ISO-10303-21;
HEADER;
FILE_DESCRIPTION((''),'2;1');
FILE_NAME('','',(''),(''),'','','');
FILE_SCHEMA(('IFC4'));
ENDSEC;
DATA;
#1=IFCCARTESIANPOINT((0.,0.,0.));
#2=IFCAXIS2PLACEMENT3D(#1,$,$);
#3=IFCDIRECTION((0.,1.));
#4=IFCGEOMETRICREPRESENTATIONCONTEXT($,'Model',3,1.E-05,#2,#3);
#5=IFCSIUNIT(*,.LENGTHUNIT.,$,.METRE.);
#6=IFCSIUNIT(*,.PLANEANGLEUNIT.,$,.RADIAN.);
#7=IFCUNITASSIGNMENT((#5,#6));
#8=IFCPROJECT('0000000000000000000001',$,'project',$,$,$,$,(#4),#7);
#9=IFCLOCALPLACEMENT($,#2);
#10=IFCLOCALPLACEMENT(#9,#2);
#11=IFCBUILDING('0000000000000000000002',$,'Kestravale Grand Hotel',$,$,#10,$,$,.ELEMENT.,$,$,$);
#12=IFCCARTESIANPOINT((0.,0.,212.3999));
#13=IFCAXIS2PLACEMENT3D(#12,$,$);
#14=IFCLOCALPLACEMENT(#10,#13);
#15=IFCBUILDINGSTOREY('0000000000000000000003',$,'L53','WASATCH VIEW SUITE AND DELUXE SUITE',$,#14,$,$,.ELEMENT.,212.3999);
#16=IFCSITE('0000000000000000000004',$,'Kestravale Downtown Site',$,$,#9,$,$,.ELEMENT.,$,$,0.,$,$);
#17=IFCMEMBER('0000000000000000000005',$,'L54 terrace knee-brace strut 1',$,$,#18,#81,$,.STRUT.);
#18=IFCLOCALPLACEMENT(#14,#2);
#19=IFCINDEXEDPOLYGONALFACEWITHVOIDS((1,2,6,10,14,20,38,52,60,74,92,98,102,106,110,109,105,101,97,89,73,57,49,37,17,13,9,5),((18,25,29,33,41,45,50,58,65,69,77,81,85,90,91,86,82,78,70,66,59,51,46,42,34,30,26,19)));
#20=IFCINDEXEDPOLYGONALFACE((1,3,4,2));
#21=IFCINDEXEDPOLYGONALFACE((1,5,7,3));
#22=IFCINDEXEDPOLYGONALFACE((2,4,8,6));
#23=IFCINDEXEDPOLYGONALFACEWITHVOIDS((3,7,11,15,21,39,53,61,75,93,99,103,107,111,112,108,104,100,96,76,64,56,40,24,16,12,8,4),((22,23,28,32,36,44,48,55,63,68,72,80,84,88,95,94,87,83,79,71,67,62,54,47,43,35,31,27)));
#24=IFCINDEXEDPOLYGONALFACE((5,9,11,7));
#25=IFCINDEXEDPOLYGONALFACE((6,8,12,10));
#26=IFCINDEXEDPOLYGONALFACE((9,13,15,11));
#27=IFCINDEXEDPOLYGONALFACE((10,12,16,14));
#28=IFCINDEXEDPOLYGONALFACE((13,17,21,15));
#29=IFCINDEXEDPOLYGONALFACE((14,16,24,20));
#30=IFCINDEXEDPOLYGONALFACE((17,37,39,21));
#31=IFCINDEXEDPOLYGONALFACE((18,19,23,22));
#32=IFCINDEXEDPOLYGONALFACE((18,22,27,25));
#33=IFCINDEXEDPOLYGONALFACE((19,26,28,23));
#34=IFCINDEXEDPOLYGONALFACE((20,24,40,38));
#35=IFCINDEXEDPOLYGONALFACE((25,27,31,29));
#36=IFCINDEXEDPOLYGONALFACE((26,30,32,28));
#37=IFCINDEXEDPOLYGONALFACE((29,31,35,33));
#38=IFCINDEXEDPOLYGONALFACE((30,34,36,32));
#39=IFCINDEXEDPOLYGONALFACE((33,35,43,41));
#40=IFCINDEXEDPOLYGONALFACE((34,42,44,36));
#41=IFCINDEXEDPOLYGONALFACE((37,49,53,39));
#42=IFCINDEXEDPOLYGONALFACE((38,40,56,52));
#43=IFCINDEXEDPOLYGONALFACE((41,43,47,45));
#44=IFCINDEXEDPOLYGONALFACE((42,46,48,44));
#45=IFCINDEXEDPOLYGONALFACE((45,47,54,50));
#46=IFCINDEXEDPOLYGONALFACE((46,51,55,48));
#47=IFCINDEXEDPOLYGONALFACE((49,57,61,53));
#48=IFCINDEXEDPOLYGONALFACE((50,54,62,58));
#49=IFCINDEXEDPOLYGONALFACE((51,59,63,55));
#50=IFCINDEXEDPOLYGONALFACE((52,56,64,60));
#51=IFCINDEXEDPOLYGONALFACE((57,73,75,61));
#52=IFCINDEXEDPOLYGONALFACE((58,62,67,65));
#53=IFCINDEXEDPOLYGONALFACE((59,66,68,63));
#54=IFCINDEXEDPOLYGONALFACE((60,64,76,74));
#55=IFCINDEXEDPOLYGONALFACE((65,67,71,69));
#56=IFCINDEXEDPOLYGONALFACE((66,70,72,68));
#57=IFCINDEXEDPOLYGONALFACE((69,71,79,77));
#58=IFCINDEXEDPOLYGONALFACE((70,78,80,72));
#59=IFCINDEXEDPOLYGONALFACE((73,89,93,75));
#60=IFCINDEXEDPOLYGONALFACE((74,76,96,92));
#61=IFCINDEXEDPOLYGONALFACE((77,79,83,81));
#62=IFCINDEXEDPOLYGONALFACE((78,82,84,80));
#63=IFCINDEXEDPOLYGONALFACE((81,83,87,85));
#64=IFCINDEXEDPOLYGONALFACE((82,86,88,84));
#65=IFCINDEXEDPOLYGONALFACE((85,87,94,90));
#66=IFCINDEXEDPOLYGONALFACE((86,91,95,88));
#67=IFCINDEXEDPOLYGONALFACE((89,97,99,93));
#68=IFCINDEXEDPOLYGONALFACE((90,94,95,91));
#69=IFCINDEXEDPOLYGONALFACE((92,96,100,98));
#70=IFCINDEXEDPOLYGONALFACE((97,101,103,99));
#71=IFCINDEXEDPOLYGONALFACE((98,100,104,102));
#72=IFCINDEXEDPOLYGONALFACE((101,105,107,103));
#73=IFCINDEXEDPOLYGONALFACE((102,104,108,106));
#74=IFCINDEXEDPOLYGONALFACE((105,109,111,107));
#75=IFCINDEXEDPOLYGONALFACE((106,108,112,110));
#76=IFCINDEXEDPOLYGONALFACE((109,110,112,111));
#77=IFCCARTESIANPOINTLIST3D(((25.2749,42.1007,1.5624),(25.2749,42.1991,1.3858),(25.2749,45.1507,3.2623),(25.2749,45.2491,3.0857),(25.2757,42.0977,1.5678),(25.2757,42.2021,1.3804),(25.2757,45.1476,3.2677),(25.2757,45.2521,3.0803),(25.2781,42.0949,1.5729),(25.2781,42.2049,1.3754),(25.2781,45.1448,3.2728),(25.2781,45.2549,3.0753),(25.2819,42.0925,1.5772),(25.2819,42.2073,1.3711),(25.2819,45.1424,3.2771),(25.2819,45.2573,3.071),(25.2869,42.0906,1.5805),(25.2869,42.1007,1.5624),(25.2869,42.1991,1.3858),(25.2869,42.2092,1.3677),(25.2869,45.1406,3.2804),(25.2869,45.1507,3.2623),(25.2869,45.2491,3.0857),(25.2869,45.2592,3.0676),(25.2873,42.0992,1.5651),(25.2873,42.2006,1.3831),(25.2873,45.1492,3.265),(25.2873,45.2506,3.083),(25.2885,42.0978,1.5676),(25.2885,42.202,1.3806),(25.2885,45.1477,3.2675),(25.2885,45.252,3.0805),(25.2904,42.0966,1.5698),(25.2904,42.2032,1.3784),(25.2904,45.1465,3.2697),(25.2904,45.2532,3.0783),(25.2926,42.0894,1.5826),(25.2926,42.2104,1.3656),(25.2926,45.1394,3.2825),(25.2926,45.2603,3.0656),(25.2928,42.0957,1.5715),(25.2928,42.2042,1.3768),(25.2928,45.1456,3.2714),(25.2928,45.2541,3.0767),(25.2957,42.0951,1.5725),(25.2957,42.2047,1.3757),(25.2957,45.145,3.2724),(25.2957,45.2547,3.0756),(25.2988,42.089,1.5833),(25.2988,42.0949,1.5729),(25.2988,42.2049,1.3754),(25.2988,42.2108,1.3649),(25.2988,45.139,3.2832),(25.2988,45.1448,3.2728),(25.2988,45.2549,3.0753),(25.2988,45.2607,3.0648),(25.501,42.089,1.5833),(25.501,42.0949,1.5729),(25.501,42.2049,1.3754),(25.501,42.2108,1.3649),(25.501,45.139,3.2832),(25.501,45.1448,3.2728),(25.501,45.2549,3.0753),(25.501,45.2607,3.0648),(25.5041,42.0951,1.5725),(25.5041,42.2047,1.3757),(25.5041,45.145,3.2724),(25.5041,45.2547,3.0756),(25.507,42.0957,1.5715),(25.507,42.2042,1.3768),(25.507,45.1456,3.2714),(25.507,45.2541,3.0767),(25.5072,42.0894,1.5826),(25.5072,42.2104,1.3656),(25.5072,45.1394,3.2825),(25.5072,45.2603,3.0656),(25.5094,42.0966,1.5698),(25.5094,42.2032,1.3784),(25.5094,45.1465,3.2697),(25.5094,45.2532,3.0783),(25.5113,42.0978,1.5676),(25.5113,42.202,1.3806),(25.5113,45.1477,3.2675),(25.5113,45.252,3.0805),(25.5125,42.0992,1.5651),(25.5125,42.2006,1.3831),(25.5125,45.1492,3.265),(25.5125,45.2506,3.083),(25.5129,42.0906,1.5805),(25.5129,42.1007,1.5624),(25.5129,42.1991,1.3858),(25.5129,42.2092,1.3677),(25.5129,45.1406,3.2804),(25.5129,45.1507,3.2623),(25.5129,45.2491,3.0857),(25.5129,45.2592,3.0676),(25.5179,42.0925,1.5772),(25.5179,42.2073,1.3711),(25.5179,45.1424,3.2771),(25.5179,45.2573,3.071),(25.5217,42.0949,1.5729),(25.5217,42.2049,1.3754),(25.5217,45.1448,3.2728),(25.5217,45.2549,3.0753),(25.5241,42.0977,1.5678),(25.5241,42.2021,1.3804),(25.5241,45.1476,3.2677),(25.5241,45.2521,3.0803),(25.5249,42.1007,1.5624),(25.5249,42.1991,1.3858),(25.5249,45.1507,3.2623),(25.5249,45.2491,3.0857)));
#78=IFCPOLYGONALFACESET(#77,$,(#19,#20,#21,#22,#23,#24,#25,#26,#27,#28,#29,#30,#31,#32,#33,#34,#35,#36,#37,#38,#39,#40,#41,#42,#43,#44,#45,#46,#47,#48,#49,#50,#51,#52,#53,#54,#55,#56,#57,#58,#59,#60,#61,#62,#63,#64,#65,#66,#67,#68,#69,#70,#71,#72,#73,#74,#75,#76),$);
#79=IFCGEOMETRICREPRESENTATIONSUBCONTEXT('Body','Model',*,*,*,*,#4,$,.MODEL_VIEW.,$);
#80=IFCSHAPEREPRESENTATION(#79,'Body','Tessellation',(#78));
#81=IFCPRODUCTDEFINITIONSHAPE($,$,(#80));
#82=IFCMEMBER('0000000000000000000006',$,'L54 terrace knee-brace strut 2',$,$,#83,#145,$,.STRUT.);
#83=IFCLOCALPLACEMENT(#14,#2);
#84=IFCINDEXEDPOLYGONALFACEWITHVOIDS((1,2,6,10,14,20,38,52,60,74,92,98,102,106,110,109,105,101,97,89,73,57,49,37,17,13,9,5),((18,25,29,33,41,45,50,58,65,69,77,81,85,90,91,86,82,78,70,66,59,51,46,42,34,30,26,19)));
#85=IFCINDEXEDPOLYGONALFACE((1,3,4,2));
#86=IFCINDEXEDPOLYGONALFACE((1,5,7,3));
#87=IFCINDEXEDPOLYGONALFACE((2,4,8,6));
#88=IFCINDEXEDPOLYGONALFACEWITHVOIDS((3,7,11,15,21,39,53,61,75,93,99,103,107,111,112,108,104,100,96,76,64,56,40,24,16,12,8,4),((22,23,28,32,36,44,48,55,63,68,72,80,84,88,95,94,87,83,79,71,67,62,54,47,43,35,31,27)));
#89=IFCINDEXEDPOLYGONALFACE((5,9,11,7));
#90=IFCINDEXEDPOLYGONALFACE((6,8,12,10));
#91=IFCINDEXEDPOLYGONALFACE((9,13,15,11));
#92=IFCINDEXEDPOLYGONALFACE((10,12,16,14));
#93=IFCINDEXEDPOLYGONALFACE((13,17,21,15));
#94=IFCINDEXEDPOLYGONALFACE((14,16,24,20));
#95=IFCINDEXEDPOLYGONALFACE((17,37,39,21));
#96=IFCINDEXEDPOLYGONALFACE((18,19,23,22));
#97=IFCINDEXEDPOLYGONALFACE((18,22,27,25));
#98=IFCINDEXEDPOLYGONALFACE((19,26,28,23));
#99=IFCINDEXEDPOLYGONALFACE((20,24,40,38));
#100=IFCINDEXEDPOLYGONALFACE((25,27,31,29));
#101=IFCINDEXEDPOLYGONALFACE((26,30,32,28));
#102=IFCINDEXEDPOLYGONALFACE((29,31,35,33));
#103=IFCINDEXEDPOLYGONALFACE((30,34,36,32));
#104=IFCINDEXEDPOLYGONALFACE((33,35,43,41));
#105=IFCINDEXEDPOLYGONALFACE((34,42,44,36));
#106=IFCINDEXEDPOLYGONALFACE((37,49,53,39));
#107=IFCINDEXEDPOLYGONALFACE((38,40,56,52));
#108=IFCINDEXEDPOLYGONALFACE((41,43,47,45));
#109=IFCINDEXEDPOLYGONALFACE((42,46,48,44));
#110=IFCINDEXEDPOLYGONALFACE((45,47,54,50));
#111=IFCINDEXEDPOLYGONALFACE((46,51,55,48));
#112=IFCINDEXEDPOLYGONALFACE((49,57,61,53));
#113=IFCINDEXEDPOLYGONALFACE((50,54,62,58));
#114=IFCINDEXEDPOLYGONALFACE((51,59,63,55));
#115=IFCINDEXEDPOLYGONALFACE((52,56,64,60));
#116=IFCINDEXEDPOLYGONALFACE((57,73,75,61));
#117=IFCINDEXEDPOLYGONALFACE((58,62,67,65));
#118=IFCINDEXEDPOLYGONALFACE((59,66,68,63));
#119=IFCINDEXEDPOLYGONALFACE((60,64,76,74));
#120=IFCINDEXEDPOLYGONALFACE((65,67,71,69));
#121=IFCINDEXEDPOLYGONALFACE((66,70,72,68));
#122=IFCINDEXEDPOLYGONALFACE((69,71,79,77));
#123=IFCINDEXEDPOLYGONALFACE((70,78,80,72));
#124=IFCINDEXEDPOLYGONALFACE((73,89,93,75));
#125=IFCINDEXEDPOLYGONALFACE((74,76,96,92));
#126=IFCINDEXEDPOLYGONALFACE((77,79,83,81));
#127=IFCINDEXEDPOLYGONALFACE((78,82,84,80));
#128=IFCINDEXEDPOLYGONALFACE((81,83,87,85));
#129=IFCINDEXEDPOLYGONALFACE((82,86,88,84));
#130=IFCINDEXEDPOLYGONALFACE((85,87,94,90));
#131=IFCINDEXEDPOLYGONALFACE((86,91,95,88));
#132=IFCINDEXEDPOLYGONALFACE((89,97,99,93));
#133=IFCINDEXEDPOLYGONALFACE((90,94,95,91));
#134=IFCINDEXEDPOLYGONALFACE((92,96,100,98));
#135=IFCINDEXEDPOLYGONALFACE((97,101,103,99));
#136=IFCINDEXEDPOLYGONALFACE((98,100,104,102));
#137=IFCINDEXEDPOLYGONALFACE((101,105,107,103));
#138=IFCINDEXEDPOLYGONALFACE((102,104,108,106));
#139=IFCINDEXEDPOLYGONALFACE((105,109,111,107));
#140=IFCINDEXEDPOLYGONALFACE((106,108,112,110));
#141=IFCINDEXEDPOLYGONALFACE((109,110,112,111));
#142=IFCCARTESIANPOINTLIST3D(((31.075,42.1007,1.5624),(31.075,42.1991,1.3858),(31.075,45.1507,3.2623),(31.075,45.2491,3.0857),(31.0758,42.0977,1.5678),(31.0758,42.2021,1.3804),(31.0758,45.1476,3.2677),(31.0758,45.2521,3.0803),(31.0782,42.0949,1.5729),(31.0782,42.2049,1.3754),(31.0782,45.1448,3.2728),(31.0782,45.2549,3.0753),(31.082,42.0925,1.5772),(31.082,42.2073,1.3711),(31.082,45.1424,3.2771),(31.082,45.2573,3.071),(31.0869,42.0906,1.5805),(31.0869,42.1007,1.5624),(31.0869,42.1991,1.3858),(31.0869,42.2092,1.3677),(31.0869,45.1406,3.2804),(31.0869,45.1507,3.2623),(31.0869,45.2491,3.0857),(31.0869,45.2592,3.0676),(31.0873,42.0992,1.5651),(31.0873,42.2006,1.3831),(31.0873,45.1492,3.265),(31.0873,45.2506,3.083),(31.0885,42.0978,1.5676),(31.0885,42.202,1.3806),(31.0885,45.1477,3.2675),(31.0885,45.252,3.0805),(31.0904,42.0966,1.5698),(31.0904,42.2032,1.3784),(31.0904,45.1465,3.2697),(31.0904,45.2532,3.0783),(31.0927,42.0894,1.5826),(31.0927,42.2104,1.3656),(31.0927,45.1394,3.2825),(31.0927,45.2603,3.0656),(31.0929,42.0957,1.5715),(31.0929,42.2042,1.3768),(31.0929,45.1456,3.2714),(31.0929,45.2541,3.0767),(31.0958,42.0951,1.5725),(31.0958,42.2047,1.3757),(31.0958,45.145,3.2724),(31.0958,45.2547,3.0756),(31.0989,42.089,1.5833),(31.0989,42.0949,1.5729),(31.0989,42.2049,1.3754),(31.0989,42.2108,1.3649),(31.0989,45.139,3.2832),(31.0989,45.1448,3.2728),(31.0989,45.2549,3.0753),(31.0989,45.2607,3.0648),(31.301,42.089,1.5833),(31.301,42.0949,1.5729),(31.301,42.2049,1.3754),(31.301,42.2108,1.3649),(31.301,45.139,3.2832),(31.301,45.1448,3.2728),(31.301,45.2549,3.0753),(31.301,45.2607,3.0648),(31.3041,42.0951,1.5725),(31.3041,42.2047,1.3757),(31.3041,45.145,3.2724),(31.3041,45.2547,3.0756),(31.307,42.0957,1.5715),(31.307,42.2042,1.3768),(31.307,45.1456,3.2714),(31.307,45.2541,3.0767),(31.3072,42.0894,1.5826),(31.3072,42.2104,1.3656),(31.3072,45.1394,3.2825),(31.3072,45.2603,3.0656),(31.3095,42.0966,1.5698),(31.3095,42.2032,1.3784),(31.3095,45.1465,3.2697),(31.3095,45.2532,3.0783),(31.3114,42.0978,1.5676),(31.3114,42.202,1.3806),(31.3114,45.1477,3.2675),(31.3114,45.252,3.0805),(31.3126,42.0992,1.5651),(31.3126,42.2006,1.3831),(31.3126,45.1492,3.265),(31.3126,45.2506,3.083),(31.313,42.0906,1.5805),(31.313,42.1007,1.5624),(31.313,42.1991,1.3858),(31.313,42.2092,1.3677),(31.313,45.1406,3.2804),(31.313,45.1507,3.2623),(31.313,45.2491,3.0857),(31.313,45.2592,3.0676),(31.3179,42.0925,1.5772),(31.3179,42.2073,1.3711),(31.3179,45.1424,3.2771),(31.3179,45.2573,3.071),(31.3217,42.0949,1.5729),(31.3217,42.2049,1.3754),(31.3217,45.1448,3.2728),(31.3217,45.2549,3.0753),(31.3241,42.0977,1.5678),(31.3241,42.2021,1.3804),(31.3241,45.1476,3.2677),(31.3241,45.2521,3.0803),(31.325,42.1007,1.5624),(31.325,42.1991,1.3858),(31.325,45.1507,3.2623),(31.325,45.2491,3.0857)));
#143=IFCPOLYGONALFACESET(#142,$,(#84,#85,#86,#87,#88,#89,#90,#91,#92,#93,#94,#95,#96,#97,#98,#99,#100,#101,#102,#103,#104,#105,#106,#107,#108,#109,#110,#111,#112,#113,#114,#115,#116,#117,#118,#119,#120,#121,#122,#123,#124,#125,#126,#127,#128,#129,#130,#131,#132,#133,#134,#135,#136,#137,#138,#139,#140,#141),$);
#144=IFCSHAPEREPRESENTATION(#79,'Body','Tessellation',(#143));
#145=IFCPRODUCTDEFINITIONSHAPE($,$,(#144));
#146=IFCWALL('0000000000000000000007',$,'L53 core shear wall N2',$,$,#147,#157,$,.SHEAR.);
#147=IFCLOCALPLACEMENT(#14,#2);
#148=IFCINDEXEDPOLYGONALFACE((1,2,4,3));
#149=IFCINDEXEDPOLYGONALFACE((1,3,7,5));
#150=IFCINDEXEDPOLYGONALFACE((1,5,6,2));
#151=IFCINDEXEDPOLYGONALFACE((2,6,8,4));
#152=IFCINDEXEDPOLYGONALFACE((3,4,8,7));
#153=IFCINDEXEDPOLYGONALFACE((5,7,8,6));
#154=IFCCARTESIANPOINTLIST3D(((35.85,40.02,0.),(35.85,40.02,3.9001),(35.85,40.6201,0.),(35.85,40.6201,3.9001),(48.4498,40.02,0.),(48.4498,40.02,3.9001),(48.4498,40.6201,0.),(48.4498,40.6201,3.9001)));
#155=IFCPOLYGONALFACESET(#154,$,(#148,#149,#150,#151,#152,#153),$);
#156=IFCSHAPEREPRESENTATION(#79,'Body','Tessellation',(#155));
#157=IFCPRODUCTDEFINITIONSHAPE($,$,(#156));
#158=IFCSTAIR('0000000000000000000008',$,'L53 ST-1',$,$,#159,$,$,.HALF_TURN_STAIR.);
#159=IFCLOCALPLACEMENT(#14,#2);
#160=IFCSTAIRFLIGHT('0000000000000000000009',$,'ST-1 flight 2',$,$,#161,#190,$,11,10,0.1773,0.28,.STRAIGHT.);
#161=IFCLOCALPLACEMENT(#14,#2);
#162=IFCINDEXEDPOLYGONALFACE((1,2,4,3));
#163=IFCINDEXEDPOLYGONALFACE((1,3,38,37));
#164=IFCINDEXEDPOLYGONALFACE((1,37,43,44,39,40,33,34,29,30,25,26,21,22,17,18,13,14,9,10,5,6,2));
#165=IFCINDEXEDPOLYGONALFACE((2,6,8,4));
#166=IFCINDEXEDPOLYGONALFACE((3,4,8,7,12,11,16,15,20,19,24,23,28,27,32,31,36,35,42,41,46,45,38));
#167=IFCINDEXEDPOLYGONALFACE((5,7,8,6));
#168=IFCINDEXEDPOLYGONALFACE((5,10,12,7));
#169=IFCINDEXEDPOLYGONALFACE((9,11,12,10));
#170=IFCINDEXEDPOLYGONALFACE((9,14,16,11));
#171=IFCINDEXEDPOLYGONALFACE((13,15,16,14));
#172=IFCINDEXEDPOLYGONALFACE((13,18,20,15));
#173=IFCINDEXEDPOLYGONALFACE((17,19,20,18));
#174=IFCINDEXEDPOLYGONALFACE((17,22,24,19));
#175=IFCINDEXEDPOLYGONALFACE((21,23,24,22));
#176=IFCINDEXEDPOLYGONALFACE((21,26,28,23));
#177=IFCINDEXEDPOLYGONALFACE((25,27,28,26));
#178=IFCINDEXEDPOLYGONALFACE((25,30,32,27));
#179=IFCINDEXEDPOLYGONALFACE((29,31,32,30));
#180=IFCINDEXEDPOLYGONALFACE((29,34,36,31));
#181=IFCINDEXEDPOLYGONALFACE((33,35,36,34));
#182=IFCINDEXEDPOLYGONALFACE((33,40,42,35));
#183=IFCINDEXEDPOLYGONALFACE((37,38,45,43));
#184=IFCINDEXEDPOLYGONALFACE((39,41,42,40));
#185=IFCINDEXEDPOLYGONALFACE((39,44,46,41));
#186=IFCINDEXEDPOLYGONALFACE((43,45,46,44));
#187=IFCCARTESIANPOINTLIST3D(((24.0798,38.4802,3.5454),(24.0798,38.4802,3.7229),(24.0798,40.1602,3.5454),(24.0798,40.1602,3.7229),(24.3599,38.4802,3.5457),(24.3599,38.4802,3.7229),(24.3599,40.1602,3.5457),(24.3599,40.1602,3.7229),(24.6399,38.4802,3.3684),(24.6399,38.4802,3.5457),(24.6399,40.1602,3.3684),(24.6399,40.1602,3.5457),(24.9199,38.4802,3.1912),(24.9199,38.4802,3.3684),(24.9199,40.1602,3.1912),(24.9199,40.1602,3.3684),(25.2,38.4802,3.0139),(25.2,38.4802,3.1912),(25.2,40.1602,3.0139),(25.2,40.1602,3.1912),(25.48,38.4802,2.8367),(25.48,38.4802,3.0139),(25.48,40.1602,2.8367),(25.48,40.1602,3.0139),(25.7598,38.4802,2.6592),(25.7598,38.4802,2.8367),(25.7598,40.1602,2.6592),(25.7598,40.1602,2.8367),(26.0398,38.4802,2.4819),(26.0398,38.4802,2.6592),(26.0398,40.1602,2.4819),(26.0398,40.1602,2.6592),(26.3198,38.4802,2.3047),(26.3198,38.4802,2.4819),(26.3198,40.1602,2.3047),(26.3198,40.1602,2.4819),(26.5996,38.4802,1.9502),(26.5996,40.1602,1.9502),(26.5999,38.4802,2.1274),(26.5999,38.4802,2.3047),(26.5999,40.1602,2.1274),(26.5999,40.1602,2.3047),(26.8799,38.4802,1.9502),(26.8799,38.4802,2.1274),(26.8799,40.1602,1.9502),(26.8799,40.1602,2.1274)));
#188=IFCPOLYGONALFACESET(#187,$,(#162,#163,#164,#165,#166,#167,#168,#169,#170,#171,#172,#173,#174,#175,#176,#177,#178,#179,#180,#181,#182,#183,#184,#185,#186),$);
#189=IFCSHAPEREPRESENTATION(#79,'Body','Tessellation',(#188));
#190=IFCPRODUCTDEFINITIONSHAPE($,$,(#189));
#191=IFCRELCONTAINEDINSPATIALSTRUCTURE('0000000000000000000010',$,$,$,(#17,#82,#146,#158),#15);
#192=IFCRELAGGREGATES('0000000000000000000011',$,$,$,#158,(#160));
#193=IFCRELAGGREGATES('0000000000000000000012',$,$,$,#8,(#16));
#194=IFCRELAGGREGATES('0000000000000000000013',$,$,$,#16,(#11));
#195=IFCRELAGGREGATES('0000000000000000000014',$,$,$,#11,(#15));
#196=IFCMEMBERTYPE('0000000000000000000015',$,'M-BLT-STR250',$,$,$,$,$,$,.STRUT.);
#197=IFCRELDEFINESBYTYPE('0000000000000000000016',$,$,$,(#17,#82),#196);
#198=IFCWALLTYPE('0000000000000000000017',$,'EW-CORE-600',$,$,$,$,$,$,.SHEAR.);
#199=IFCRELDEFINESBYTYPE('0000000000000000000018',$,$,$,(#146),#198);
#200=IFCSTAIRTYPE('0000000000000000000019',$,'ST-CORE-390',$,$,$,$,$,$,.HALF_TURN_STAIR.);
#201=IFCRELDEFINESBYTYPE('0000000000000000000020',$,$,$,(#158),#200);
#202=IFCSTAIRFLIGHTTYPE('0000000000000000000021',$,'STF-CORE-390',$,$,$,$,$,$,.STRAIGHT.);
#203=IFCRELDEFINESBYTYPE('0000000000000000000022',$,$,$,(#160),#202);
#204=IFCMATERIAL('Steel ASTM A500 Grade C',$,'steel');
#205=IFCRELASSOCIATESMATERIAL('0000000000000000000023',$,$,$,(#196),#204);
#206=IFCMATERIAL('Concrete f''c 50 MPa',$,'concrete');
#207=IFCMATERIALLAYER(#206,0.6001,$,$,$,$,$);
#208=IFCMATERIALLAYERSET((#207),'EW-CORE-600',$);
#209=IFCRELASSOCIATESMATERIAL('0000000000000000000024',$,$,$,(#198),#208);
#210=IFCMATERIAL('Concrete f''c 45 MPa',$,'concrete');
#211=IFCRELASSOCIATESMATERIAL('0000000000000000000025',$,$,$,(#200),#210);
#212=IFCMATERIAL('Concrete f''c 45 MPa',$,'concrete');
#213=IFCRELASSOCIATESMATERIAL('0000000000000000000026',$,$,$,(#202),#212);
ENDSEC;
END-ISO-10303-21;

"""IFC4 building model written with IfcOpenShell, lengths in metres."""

from ifc_helpers import new_model, si_unit, direction, frame, frame_2d, origin, origin_2d, place, context, subcontext, project, spatial, polyline, rectangle, hollow_rectangle, outline, extrude, material, layer, layer_set, material_profile, profile_set, type_object, element, aggregate, save


model = new_model("IFC4")

# Units and contexts
model_context = context("Model", 3, precision=1e-05, world=origin(), true_north=direction((0.0, 1.0)))
body_context = subcontext(model_context, "Body", "Model", "MODEL_VIEW")
ifc_project = project(units=[si_unit("LENGTHUNIT", "METRE"), si_unit("PLANEANGLEUNIT", "RADIAN")], contexts=[model_context])

# Site, building, storey
site_placement = place(None, origin())
site = spatial("IfcSite", under=ifc_project, at=site_placement, Name="Kestravale Downtown Site", CompositionType="ELEMENT", RefElevation=0.0)
building_placement = place(site_placement, origin())
building = spatial("IfcBuilding", under=site, at=building_placement, Name="Kestravale Grand Hotel", CompositionType="ELEMENT")
storey_placement = place(building_placement, frame((0.0, 0.0, 212.3999)))
storey = spatial("IfcBuildingStorey", under=building, at=storey_placement, Name="L53", Description="WASATCH VIEW SUITE AND DELUXE SUITE", CompositionType="ELEMENT", Elevation=212.3999)

# Members
ifc_material_1 = material(Name="Steel ASTM A500 Grade C", Category="steel")
ifc_material_profile_1 = material_profile(ifc_material_1, hollow_rectangle(XDim=0.25, YDim=0.25, WallThickness=0.012, InnerFilletRadius=0.012, OuterFilletRadius=0.0239, at=origin_2d()))
ifc_profile_set_1 = profile_set([ifc_material_profile_1], Name="Steel ASTM A500 Grade C")
member_type = type_object("IfcMemberType", Name="M-BLT-STR250", PredefinedType="STRUT", material=ifc_profile_set_1)
for number, where, z_axis, x_axis, name in (
    (1, (25.3999, 42.1499, 1.4741), (0.0, 0.87349, 0.486842), (-1.0, 0.0, 0.0), "L54 terrace knee-brace strut 1"),
    (2, (31.2, 42.1499, 1.4741), (0.0, 0.87349, 0.486842), (-1.0, 0.0, 0.0), "L54 terrace knee-brace strut 2"),
):
    element("IfcMember", number, at=place(storey_placement, frame(where, z_axis=z_axis, x_axis=x_axis)), inside=storey, type_object=member_type, Name=name, PredefinedType="STRUT", context=body_context, shape_type="SweptSolid", body=[
        extrude(hollow_rectangle(XDim=0.25, YDim=0.25, WallThickness=0.012, InnerFilletRadius=0.012, OuterFilletRadius=0.0239, at=origin_2d()), origin(), (0.0, 0.0, 1.0), 3.4917),
    ])

# Wall
ifc_material_2 = material(Name="Concrete f'c 50 MPa", Category="concrete")
ifc_layer = layer(ifc_material_2, 0.6001)
ifc_layer_set = layer_set([ifc_layer], Name="EW-CORE-600")
wall_type = type_object("IfcWallType", Name="EW-CORE-600", PredefinedType="SHEAR", material=ifc_layer_set)
wall_placement = place(storey_placement, frame((35.8501, 40.3201, 0.0), z_axis=(0.0, 0.0, 1.0), x_axis=(1.0, 0.0, 0.0)))
element("IfcWall", 3, at=wall_placement, inside=storey, type_object=wall_type, Name="L53 core shear wall N2", PredefinedType="SHEAR", context=body_context, shape_type="SweptSolid", body=[
    extrude(rectangle(XDim=12.5999, YDim=0.6001, at=frame_2d((6.2998, 0.0))), origin(), (0.0, 0.0, 1.0), 3.9001),
])

# Stair, stair flight
ifc_material_3 = material(Name="Concrete f'c 45 MPa", Category="concrete")
stair_type = type_object("IfcStairType", Name="ST-CORE-390", PredefinedType="HALF_TURN_STAIR", material=ifc_material_3)
stair_placement = place(storey_placement, origin())
stair = element("IfcStair", 4, at=stair_placement, inside=storey, type_object=stair_type, Name="L53 ST-1", PredefinedType="HALF_TURN_STAIR")
ifc_material_4 = material(Name="Concrete f'c 45 MPa", Category="concrete")
stair_flight_type = type_object("IfcStairFlightType", Name="STF-CORE-390", PredefinedType="STRAIGHT", material=ifc_material_4)
stair_flight_placement = place(storey_placement, frame((26.8799, 39.3201, 1.9502), z_axis=(0.0, 0.0, 1.0), x_axis=(-1.0, 0.0, 0.0)))
stair_flight = element("IfcStairFlight", 5, at=stair_flight_placement, type_object=stair_flight_type, Name="ST-1 flight 2", NumberOfRisers=11, NumberOfTreads=10, PredefinedType="STRAIGHT", RiserHeight=0.1773, TreadLength=0.28, context=body_context, shape_type="SweptSolid", body=[
    extrude(outline(polyline([(0.0, 0.0), (0.0, 0.1772), (0.28, 0.1772), (0.28, 0.3545), (0.5601, 0.3545), (0.5601, 0.5317), (0.8401, 0.5317), (0.8401, 0.709), (1.1201, 0.709), (1.1201, 0.8865), (1.3999, 0.8865), (1.3999, 1.0637), (1.6799, 1.0637), (1.6799, 1.241), (1.96, 1.241), (1.96, 1.4182), (2.24, 1.4182), (2.24, 1.5955), (2.52, 1.5955), (2.52, 1.7727), (2.8, 1.7727), (2.8, 1.95), (2.8, 1.5952), (0.2803, 0.0), (0.0, 0.0)])), frame((0.0, 0.8398, 0.0), z_axis=(0.0, -1.0, 0.0), x_axis=(1.0, 0.0, 0.0)), (0.0, 0.0, 1.0), 1.6799),
])
aggregate(stair, [stair_flight])

save(model, "model.ifc")
